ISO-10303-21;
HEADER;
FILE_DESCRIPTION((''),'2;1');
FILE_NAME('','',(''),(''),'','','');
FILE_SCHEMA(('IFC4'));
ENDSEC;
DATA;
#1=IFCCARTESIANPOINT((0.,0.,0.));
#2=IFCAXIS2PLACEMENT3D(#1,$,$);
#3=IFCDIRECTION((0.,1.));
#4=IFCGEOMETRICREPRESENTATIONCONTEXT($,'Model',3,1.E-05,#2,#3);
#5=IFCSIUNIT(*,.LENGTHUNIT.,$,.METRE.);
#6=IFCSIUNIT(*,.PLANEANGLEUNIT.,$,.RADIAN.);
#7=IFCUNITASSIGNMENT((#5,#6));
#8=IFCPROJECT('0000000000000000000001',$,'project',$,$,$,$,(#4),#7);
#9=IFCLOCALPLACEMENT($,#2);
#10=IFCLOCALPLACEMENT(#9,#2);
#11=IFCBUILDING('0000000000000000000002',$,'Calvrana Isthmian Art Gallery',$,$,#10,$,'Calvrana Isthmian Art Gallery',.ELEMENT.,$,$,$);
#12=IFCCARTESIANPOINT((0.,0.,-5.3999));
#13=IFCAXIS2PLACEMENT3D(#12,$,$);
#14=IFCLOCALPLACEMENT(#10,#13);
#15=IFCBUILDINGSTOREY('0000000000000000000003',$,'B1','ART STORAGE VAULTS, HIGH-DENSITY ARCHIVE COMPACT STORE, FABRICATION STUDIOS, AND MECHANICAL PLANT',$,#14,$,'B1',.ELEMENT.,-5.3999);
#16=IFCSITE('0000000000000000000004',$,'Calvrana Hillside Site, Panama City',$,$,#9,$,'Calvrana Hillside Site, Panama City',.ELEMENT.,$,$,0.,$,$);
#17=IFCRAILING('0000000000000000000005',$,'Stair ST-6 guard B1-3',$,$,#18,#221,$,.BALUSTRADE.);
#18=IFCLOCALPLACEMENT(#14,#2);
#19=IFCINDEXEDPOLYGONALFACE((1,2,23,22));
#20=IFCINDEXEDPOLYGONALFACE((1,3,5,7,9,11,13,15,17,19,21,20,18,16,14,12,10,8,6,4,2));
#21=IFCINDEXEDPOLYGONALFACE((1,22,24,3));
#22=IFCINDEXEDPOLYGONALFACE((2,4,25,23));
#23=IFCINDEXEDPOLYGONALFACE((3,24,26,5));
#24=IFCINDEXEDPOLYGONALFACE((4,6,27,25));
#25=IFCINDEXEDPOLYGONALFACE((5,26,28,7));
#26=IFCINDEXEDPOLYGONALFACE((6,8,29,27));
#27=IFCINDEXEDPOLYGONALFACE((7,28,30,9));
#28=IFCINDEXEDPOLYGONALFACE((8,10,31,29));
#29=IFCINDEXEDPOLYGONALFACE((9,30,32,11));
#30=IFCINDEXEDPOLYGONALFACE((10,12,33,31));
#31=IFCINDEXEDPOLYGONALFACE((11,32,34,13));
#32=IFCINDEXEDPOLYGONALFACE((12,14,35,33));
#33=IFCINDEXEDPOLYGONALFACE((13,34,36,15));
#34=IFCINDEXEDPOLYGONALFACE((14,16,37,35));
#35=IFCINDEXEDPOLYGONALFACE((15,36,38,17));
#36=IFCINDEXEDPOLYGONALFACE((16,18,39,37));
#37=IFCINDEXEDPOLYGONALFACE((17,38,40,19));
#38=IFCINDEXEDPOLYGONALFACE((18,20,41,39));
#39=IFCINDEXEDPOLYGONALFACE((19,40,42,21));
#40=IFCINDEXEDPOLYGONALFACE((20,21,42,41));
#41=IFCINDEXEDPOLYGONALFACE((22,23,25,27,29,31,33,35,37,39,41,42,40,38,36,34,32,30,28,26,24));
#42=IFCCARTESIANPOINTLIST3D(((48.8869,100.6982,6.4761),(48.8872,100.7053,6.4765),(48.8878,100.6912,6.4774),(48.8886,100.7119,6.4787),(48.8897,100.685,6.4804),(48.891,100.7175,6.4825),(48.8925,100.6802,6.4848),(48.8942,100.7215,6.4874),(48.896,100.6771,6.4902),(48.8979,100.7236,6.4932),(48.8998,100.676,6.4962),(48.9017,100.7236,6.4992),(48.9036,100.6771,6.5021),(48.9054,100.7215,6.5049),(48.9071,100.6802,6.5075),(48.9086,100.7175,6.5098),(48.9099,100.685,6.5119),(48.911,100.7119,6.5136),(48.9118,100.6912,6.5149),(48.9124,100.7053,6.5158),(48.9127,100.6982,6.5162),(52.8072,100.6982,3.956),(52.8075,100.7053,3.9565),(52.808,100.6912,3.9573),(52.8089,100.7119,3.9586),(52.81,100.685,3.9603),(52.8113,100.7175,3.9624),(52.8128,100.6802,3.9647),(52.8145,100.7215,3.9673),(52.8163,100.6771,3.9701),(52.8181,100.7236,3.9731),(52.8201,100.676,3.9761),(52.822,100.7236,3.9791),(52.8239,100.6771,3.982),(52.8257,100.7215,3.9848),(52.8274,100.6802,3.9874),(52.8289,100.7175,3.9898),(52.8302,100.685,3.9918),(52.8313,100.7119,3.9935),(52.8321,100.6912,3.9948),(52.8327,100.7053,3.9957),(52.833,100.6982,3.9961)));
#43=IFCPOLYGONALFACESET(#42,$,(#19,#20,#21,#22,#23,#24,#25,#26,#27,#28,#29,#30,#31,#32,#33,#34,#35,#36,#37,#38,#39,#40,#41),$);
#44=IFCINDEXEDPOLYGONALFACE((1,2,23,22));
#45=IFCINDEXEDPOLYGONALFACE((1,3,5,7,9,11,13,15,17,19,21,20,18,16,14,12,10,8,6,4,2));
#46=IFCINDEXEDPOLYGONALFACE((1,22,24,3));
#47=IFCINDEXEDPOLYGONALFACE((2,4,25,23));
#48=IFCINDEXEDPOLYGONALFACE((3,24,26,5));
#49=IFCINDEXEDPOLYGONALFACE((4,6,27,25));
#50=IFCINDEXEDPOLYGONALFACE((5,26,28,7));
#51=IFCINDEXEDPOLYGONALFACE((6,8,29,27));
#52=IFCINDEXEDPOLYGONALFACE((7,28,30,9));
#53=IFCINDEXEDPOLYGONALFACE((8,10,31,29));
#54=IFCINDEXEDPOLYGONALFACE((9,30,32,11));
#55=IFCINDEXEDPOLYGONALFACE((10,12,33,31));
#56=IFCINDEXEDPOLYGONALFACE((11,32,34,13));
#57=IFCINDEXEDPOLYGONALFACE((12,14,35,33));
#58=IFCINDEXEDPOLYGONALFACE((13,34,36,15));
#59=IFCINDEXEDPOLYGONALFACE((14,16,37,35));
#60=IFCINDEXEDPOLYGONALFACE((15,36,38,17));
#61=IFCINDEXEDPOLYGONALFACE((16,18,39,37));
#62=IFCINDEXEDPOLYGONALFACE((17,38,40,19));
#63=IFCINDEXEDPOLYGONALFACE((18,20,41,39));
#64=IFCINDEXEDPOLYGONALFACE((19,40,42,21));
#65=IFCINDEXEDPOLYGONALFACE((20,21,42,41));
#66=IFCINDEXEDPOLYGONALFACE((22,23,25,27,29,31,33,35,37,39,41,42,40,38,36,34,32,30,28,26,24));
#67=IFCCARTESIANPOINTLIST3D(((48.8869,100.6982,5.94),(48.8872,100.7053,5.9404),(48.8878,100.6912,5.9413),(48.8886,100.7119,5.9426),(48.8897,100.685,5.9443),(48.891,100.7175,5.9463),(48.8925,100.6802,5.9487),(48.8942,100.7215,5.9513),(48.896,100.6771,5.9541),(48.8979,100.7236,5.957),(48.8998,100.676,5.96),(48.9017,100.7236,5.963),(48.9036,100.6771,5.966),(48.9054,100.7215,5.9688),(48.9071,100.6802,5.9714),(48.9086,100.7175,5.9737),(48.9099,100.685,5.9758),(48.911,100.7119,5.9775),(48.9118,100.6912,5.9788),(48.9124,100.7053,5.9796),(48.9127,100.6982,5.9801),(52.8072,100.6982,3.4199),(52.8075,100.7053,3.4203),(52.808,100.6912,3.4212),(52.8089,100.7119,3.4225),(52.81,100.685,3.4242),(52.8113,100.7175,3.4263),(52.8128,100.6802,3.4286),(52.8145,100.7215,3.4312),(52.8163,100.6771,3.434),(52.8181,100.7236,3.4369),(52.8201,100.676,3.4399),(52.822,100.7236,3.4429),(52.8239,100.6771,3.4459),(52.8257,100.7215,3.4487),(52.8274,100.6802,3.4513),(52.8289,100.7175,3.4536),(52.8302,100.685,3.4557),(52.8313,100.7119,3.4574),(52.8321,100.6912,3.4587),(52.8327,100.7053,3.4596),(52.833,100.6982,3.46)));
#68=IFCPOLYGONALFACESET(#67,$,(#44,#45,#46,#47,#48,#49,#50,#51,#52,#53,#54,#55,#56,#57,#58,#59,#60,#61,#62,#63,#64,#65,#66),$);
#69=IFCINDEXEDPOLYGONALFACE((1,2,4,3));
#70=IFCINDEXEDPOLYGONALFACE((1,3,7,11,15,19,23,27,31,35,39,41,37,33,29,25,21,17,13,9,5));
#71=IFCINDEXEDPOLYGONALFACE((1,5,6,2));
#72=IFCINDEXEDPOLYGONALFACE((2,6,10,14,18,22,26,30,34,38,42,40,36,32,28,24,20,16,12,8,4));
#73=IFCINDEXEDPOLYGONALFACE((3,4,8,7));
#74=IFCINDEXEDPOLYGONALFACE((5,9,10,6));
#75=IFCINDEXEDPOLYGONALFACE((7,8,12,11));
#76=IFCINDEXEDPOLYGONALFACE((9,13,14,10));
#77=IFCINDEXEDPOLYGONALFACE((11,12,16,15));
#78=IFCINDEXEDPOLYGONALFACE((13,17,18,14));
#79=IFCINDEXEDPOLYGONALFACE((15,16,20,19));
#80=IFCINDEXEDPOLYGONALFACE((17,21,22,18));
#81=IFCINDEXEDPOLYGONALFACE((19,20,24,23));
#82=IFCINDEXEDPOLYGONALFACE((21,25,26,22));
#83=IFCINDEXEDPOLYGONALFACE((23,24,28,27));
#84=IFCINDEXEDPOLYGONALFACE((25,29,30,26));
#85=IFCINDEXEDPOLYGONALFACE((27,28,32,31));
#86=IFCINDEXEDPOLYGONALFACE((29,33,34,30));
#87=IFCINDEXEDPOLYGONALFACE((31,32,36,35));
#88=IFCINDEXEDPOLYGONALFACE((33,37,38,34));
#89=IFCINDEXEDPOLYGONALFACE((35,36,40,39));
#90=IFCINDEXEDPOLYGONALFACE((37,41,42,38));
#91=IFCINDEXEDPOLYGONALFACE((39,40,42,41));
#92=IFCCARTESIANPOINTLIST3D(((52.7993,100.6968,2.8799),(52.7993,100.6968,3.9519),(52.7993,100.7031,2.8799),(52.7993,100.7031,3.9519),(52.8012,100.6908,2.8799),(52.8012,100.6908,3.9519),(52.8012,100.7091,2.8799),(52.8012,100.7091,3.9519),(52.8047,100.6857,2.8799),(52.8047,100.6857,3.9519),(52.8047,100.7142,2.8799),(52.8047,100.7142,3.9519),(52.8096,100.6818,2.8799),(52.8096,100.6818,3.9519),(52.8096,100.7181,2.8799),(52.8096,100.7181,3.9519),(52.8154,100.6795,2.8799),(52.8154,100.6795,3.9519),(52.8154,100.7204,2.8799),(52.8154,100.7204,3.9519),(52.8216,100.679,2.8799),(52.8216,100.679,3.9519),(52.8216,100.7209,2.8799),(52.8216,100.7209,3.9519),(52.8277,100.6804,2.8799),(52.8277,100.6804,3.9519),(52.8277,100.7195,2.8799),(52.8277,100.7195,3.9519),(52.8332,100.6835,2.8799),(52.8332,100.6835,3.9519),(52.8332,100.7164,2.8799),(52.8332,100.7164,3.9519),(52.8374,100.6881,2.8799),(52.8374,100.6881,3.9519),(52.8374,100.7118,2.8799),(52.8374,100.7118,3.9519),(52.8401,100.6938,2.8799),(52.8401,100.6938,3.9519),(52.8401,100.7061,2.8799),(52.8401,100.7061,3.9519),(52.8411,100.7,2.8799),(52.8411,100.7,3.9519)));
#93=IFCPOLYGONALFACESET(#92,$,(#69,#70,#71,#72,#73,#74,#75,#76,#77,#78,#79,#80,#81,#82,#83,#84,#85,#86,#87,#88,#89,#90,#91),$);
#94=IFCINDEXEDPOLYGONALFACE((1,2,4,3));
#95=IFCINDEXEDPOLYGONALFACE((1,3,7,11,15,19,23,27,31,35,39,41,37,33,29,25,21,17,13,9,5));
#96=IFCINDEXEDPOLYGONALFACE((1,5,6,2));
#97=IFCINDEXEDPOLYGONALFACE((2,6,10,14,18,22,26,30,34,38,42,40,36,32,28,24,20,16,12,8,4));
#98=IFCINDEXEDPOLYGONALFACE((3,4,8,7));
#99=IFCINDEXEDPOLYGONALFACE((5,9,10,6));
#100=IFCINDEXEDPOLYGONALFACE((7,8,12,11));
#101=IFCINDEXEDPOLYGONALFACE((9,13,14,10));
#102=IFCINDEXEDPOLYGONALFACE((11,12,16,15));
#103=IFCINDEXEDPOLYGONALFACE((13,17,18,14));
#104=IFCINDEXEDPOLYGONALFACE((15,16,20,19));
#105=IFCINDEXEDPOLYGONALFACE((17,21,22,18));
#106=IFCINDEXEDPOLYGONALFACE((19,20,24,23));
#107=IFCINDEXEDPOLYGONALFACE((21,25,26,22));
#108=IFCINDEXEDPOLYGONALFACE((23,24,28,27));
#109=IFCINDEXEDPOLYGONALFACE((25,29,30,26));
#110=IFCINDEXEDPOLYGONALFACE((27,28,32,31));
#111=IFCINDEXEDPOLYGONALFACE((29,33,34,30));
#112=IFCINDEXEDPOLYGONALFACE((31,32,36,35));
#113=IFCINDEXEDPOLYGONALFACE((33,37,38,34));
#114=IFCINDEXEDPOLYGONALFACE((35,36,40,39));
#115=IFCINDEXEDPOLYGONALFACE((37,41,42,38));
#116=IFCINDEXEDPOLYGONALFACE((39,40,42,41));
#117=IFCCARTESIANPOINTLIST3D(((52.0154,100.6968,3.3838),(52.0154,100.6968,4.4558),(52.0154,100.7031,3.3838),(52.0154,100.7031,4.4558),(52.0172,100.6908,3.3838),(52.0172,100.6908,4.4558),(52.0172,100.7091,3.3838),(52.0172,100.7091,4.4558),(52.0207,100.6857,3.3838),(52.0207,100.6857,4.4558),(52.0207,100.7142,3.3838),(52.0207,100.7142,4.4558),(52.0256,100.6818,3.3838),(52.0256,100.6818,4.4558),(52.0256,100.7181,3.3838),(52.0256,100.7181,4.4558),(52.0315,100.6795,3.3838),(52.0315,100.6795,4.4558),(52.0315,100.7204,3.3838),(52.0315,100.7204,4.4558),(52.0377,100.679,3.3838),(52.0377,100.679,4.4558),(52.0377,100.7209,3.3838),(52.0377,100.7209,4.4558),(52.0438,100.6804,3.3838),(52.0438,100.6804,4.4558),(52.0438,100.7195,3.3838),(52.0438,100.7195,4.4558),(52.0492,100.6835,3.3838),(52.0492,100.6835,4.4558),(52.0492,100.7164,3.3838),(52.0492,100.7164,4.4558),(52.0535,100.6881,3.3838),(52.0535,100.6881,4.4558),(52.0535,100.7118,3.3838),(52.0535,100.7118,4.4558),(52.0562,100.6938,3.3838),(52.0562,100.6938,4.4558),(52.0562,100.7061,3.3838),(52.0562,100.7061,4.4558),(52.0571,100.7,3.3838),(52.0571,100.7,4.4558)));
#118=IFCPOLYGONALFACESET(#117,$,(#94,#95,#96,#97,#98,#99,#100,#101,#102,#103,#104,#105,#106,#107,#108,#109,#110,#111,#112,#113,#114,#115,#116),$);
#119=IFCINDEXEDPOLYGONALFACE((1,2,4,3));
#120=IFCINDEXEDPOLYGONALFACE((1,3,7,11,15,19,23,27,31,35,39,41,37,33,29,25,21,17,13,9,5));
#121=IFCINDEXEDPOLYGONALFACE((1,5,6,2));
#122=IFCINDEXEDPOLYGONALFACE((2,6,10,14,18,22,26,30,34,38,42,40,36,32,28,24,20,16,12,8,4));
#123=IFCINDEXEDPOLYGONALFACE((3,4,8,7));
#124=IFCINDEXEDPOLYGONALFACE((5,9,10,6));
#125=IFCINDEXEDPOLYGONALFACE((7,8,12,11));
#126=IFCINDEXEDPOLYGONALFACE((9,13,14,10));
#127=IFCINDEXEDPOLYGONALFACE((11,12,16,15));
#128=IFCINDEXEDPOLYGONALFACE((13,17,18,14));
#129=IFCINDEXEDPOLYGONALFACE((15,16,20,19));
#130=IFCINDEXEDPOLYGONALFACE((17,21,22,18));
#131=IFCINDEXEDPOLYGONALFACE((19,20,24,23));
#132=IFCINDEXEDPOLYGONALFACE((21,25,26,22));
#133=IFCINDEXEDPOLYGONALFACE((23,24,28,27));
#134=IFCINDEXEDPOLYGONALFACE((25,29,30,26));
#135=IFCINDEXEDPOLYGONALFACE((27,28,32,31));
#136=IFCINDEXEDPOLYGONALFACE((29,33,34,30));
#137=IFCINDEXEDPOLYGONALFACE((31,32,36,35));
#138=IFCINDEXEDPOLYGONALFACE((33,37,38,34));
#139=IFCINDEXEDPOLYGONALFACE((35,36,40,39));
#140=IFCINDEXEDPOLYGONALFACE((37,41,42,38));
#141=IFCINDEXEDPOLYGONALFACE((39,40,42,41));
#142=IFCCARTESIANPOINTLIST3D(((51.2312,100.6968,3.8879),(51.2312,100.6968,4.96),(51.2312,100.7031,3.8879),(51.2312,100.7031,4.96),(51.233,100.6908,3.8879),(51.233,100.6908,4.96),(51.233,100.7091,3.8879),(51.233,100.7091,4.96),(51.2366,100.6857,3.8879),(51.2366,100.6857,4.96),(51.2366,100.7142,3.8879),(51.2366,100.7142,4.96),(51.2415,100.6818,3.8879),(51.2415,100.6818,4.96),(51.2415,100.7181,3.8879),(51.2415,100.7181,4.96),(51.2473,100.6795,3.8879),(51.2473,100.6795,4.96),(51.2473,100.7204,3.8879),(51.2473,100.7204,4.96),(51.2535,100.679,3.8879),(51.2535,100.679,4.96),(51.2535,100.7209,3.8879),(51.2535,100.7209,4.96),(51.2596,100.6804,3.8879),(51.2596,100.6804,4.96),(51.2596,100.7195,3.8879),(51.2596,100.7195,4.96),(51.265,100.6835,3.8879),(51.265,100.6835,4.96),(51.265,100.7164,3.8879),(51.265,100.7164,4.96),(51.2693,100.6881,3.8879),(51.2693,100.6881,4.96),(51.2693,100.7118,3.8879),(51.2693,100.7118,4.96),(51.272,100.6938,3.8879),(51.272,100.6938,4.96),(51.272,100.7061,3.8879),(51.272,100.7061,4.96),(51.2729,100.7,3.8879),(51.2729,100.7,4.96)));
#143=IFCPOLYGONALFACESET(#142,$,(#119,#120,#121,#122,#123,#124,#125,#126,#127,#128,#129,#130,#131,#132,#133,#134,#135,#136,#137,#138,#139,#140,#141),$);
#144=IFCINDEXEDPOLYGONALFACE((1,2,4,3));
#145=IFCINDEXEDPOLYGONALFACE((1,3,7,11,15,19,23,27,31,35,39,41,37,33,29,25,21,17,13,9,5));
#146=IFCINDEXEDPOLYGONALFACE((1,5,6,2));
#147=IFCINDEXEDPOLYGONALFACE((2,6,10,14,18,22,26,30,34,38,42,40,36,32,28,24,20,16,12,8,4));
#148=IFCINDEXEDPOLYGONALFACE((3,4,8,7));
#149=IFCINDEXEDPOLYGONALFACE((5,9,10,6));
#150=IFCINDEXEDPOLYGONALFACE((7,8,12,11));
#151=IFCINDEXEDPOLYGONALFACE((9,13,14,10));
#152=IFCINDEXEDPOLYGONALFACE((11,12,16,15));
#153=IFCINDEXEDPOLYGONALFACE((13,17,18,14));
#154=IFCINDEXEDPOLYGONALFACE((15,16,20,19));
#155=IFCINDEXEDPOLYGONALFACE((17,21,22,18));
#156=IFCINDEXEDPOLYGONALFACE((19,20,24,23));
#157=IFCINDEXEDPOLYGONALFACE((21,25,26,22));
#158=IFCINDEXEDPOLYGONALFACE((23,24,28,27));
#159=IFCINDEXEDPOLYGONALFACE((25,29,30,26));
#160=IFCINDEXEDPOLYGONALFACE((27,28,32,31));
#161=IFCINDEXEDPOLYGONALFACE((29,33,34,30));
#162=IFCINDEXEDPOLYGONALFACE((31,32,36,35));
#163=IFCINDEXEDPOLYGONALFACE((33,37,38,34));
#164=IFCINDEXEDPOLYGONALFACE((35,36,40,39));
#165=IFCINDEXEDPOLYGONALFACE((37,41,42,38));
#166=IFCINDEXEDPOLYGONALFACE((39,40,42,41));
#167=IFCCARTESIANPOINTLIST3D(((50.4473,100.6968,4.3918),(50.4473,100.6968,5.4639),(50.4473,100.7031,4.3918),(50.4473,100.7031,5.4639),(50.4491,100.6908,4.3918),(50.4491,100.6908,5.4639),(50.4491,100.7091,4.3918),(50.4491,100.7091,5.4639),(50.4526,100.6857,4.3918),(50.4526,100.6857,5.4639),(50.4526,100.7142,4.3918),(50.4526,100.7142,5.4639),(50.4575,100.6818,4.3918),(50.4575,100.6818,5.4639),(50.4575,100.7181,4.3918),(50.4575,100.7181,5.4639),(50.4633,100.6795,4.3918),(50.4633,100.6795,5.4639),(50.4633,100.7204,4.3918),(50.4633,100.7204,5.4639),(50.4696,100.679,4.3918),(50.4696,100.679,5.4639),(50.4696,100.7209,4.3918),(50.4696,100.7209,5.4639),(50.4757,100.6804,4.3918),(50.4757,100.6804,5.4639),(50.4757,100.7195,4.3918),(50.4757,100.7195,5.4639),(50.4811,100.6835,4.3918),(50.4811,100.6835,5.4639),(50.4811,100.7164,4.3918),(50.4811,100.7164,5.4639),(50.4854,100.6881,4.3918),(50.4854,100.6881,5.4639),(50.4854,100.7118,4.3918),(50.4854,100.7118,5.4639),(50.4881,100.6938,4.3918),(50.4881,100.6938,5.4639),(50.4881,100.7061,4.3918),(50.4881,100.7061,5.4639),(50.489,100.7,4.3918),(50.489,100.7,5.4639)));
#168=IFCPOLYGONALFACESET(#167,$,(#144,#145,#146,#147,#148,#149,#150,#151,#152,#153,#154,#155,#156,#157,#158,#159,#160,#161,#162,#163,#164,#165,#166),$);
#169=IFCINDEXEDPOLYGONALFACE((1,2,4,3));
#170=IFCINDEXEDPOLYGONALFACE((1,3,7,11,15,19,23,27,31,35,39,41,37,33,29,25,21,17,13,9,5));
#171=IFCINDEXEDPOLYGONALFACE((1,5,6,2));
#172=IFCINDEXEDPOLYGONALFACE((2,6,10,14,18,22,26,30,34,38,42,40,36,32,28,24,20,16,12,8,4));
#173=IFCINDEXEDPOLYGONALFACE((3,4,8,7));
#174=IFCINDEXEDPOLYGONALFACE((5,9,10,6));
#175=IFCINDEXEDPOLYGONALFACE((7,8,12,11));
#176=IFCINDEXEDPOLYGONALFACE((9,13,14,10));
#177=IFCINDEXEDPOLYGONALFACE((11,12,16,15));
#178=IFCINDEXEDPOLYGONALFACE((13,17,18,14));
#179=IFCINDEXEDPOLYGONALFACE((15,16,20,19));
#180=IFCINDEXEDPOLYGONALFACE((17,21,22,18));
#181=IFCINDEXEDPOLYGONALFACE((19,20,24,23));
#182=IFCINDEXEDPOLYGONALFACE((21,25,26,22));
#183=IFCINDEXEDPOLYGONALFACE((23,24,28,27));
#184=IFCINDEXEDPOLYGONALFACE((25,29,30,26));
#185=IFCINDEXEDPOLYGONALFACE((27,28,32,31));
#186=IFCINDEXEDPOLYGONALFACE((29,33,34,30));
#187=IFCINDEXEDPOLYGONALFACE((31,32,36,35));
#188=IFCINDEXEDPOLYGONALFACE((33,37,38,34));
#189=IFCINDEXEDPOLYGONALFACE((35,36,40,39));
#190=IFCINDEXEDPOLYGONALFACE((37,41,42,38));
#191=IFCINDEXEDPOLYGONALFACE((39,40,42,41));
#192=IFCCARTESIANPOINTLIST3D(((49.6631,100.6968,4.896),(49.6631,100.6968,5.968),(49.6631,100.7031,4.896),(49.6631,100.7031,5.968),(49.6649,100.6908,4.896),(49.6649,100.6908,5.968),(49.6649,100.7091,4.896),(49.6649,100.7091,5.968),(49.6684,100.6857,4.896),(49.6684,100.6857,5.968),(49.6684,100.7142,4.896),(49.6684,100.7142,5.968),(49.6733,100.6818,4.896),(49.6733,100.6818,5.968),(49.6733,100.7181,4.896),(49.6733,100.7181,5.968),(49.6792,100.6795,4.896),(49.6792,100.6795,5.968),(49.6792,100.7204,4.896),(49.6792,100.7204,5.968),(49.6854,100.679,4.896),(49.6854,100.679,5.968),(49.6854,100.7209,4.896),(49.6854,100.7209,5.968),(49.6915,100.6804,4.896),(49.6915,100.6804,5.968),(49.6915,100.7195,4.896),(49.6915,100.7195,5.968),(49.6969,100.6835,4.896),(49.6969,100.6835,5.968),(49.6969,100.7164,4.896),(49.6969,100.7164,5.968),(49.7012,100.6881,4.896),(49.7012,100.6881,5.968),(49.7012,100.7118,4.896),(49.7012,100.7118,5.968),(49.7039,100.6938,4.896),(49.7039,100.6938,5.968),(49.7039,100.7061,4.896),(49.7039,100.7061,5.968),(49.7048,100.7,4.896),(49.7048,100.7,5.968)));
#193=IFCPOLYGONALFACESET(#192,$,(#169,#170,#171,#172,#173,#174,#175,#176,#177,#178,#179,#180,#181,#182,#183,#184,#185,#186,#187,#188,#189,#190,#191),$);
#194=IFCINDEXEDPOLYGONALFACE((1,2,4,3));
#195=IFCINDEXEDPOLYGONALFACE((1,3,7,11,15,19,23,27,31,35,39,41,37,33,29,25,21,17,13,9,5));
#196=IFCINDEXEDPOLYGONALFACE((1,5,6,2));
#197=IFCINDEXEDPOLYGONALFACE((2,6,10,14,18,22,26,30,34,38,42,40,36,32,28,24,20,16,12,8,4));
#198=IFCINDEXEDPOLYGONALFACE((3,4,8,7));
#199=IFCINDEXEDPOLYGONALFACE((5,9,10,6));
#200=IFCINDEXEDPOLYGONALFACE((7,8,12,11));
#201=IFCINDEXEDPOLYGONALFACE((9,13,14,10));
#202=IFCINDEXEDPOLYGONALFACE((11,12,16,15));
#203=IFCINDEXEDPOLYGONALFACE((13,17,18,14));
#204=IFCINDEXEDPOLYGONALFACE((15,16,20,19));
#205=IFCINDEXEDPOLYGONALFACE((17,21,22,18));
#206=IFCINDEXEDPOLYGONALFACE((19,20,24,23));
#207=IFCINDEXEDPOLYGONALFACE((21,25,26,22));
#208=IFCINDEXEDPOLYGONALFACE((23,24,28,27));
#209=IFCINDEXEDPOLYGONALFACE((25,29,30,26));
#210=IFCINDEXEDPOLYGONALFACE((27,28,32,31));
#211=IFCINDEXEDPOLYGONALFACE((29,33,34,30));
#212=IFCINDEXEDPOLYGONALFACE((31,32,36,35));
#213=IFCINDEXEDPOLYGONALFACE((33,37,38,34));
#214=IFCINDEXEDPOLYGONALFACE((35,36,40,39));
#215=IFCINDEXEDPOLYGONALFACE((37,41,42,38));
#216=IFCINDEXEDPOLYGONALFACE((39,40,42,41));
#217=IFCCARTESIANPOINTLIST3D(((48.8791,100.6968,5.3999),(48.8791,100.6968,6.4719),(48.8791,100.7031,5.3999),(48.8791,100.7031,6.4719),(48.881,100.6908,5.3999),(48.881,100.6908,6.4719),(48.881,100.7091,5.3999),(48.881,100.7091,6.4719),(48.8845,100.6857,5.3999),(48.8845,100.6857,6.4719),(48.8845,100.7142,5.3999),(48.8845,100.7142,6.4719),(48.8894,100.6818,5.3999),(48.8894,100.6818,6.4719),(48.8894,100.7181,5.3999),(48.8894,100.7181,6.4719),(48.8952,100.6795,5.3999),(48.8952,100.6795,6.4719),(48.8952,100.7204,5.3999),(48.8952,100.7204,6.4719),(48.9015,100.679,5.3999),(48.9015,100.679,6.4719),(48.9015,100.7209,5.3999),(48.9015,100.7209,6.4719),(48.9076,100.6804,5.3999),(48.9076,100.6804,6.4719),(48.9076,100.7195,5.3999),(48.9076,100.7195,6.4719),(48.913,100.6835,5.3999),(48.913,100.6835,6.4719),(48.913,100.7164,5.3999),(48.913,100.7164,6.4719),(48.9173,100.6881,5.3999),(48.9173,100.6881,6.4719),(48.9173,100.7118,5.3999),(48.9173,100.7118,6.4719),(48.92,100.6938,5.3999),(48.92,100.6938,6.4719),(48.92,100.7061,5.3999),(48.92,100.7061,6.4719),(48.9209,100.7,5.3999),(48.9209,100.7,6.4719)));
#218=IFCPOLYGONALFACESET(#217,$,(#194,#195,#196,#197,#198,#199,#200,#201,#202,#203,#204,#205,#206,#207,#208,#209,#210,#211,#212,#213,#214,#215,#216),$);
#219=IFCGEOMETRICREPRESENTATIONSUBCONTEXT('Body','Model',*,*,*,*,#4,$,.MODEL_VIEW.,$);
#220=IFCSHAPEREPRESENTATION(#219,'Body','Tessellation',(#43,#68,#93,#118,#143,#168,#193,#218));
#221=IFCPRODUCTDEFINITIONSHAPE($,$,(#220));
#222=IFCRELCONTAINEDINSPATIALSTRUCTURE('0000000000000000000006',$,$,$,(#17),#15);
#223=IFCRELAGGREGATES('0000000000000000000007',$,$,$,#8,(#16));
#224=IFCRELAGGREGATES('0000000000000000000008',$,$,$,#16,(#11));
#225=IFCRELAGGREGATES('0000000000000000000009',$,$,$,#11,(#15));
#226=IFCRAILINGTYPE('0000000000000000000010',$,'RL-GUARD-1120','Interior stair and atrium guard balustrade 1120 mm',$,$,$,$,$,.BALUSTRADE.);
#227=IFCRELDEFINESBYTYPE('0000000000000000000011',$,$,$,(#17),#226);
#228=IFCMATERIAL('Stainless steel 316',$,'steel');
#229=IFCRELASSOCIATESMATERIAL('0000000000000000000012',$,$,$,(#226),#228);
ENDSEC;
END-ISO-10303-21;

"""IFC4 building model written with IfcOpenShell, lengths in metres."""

from ifc_helpers import new_model, si_unit, direction, frame, origin, origin_2d, place, context, subcontext, project, spatial, circle, extrude, material, type_object, element, save


model = new_model("IFC4")

# Units and contexts
model_context = context("Model", 3, precision=1e-05, world=origin(), true_north=direction((0.0, 1.0)))
body_context = subcontext(model_context, "Body", "Model", "MODEL_VIEW")
ifc_project = project(units=[si_unit("LENGTHUNIT", "METRE"), si_unit("PLANEANGLEUNIT", "RADIAN")], contexts=[model_context])

# Site, building, storey
site_placement = place(None, origin())
site = spatial("IfcSite", under=ifc_project, at=site_placement, Name="Calvrana Hillside Site, Panama City", LongName="Calvrana Hillside Site, Panama City", CompositionType="ELEMENT", RefElevation=0.0)
building_placement = place(site_placement, origin())
building = spatial("IfcBuilding", under=site, at=building_placement, Name="Calvrana Isthmian Art Gallery", LongName="Calvrana Isthmian Art Gallery", CompositionType="ELEMENT")
storey_placement = place(building_placement, frame((0.0, 0.0, -5.3999)))
storey = spatial("IfcBuildingStorey", under=building, at=storey_placement, Name="B1", Description="ART STORAGE VAULTS, HIGH-DENSITY ARCHIVE COMPACT STORE, FABRICATION STUDIOS, AND MECHANICAL PLANT", LongName="B1", CompositionType="ELEMENT", Elevation=-5.3999)

# Railing
ifc_material_1 = material(Name="Stainless steel 316", Category="steel")
railing_type_1 = type_object("IfcRailingType", Name="RL-GUARD-1120", Description="Interior stair and atrium guard balustrade 1120 mm", PredefinedType="BALUSTRADE", material=ifc_material_1)
railing_1_placement = place(storey_placement, frame((52.8201, 100.7, 2.8799)))
element("IfcRailing", 1, at=railing_1_placement, inside=storey, type_object=railing_type_1, Name="Stair ST-6 guard B1-3", PredefinedType="BALUSTRADE", context=body_context, shape_type="SweptSolid", body=[
    extrude(circle(Radius=0.0239, at=origin_2d()), frame((0.0, 0.0, 1.0962), z_axis=(-0.841187, 0.0, 0.540744), x_axis=(0.0, -1.0, 0.0)), (0.0, 0.0, 1.0), 4.6604),
    extrude(circle(Radius=0.0239, at=origin_2d()), frame((0.0, 0.0, 0.5601), z_axis=(-0.841187, 0.0, 0.540744), x_axis=(0.0, -1.0, 0.0)), (0.0, 0.0, 1.0), 4.6604),
    extrude(circle(Radius=0.021, at=origin_2d()), origin(), (0.0, 0.0, 1.0), 1.072),
    extrude(circle(Radius=0.021, at=origin_2d()), frame((-0.7839, 0.0, 0.5039)), (0.0, 0.0, 1.0), 1.072),
    extrude(circle(Radius=0.021, at=origin_2d()), frame((-1.5681, 0.0, 1.0081)), (0.0, 0.0, 1.0), 1.072),
    extrude(circle(Radius=0.021, at=origin_2d()), frame((-2.3521, 0.0, 1.512)), (0.0, 0.0, 1.0), 1.072),
    extrude(circle(Radius=0.021, at=origin_2d()), frame((-3.1362, 0.0, 2.0161)), (0.0, 0.0, 1.0), 1.072),
    extrude(circle(Radius=0.021, at=origin_2d()), frame((-3.9202, 0.0, 2.52)), (0.0, 0.0, 1.0), 1.072),
])

save(model, "model.ifc")
